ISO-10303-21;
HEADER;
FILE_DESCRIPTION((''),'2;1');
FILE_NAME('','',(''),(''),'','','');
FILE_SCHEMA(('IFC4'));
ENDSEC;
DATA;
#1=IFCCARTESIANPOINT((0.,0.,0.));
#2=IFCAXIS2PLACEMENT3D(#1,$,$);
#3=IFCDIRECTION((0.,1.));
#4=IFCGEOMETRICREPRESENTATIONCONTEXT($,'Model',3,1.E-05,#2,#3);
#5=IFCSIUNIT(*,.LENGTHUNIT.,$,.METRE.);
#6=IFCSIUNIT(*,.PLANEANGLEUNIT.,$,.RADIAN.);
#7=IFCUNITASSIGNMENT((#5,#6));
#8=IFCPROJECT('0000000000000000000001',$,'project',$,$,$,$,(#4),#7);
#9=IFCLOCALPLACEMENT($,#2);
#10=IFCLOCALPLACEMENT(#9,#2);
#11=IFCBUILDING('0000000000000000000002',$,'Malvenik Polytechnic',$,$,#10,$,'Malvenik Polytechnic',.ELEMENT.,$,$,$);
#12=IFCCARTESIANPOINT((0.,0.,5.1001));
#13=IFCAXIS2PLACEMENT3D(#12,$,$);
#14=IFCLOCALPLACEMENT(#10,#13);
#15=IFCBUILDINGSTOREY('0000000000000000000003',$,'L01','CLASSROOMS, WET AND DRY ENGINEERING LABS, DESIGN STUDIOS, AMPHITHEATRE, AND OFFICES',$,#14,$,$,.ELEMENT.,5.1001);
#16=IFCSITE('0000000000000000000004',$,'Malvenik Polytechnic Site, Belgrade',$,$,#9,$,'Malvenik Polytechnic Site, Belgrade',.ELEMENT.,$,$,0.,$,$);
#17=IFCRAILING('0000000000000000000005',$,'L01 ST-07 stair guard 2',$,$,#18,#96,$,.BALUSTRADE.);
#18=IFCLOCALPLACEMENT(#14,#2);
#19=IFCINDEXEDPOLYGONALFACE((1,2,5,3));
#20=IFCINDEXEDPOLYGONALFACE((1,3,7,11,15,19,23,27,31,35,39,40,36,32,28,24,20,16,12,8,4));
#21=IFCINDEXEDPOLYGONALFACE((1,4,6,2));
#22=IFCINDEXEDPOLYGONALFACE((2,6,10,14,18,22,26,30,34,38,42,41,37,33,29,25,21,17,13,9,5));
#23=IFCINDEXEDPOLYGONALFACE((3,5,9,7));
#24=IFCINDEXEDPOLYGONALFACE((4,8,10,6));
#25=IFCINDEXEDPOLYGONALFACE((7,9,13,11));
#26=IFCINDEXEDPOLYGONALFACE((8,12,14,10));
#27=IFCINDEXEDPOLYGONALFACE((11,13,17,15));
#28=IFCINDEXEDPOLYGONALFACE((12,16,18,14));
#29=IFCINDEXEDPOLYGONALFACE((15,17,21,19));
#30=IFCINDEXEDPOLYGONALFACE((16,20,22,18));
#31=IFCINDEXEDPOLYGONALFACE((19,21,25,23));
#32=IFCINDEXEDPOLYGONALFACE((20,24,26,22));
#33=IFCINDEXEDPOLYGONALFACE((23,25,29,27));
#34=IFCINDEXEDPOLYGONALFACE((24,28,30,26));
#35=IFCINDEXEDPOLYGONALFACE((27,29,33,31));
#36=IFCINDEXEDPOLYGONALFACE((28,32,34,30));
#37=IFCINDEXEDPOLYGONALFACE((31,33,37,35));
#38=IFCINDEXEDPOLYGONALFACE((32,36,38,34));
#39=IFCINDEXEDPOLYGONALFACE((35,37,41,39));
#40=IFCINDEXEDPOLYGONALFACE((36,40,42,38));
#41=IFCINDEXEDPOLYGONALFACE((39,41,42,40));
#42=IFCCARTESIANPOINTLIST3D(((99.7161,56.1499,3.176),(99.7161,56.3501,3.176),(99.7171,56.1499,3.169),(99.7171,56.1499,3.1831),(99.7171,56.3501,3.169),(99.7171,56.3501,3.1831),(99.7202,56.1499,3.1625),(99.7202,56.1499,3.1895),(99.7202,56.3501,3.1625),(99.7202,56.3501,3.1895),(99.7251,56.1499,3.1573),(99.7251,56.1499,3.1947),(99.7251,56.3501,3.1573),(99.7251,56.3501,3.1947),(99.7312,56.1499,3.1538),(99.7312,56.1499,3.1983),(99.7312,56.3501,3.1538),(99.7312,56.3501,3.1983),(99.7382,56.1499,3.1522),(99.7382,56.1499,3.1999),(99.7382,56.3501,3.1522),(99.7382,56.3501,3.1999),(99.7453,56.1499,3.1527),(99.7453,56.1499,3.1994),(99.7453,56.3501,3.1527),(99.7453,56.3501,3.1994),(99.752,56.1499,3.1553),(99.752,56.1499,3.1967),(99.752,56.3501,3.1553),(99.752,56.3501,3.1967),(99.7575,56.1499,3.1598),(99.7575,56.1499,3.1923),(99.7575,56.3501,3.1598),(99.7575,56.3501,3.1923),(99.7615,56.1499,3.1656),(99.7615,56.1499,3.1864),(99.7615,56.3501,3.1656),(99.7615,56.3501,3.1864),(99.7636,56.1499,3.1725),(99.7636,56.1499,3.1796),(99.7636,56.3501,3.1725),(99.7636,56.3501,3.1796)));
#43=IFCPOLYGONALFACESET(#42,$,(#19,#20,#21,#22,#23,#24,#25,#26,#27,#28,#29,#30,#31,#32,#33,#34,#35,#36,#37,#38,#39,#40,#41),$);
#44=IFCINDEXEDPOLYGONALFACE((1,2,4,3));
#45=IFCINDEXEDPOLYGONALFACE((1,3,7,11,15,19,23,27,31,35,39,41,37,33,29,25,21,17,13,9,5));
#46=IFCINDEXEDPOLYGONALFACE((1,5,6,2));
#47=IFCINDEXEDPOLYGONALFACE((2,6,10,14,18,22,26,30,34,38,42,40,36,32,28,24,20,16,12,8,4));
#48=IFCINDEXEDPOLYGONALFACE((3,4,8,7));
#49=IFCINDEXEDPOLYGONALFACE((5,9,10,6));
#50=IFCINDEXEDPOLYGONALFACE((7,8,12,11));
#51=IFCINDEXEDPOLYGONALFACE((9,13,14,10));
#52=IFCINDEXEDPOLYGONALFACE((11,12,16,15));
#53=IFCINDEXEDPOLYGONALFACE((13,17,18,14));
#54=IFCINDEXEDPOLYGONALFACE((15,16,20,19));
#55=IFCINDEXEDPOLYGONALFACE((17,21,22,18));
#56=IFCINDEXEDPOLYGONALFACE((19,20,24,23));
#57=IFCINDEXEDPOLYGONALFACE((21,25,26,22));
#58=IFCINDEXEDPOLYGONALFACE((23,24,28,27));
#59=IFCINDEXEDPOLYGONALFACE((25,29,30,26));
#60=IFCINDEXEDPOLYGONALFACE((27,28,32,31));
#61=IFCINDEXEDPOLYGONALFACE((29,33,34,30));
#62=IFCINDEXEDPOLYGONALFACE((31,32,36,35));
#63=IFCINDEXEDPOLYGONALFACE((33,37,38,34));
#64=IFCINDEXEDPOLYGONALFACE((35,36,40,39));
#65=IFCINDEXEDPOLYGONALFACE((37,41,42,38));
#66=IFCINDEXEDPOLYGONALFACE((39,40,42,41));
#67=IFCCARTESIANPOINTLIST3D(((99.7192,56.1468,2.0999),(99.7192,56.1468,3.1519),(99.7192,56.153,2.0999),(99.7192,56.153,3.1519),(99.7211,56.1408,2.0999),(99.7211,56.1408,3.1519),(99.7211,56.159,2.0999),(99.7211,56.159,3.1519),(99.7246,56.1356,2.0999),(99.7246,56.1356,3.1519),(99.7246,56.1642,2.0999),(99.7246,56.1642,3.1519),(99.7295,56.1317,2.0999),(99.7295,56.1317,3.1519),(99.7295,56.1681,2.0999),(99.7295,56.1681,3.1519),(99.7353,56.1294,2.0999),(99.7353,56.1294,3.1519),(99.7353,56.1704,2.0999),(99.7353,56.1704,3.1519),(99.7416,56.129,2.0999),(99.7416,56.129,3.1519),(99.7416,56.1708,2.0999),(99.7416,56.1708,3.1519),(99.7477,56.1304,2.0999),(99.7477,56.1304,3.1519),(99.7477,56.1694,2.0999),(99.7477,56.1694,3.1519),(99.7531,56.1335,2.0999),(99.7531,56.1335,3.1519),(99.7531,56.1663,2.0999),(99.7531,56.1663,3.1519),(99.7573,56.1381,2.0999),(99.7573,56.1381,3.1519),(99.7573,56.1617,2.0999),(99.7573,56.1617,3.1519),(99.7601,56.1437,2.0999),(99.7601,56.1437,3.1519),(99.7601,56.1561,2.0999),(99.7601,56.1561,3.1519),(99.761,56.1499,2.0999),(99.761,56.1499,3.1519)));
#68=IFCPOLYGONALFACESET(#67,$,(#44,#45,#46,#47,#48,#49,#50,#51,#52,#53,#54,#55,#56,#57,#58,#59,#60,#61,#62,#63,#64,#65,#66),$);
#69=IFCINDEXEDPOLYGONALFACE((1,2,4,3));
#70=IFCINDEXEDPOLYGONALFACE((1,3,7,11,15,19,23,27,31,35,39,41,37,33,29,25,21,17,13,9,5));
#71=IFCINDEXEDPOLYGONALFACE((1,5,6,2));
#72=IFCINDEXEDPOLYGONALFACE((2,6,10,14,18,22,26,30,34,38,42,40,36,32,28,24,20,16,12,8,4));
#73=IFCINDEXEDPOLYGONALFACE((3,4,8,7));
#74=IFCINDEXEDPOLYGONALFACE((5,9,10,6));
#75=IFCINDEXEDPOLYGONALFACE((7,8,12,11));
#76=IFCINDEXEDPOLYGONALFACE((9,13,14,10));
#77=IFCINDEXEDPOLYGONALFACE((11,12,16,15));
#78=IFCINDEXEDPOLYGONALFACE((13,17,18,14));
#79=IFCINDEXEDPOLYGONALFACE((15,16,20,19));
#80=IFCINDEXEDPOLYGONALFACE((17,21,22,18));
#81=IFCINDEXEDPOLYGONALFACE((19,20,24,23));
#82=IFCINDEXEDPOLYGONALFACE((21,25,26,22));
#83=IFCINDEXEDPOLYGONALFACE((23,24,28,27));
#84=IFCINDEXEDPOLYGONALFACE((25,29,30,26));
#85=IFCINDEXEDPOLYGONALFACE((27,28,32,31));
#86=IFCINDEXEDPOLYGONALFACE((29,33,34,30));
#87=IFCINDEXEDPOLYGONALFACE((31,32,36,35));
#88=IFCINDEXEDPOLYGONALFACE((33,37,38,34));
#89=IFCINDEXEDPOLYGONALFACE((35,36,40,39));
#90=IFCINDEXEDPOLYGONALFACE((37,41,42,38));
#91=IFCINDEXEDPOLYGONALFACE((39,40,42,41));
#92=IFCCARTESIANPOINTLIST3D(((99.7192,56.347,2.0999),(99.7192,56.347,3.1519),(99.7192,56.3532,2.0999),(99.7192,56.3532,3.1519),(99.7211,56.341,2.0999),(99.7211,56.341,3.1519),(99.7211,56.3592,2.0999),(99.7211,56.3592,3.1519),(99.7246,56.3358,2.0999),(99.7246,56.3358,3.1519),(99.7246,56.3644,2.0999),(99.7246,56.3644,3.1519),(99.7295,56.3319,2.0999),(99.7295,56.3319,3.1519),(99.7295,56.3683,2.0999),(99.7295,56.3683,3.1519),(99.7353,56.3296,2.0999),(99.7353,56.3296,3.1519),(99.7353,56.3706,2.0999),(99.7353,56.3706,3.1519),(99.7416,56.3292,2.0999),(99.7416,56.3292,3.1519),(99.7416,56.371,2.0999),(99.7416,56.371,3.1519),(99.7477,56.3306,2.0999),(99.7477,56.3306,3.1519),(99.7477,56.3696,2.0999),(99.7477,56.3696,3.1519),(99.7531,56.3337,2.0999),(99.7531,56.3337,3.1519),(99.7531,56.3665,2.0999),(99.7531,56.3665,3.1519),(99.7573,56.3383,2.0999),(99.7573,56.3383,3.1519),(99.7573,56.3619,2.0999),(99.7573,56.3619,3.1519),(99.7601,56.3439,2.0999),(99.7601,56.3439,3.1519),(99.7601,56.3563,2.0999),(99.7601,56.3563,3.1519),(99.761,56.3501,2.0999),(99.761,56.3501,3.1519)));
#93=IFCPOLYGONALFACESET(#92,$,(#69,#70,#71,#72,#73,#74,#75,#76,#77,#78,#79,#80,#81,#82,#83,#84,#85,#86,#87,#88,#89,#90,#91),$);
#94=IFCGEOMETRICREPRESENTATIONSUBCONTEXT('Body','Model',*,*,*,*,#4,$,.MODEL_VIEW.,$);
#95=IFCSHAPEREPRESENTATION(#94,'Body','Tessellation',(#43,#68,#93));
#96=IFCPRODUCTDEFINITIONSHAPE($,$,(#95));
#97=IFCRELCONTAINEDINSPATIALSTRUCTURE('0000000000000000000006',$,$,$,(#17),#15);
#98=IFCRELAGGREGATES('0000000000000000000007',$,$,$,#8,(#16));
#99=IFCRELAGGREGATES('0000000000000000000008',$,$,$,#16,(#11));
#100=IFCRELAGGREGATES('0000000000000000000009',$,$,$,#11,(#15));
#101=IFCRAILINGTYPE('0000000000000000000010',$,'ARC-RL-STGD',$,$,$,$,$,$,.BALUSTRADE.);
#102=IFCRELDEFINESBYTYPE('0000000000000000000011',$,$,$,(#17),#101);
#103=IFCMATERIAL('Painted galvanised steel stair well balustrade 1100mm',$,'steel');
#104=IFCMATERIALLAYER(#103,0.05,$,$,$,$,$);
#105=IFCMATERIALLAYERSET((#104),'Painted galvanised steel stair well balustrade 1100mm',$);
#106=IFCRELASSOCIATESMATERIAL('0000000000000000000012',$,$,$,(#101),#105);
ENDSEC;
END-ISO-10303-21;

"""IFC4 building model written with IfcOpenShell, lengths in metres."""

from ifc_helpers import new_model, si_unit, direction, frame, origin, origin_2d, place, context, subcontext, project, spatial, circle, extrude, material, layer, layer_set, type_object, element, save


model = new_model("IFC4")

# Units and contexts
model_context = context("Model", 3, precision=1e-05, world=origin(), true_north=direction((0.0, 1.0)))
body_context = subcontext(model_context, "Body", "Model", "MODEL_VIEW")
ifc_project = project(units=[si_unit("LENGTHUNIT", "METRE"), si_unit("PLANEANGLEUNIT", "RADIAN")], contexts=[model_context])

# Site, building, storey
site_placement = place(None, origin())
site = spatial("IfcSite", under=ifc_project, at=site_placement, Name="Malvenik Polytechnic Site, Belgrade", LongName="Malvenik Polytechnic Site, Belgrade", CompositionType="ELEMENT", RefElevation=0.0)
building_placement = place(site_placement, origin())
building = spatial("IfcBuilding", under=site, at=building_placement, Name="Malvenik Polytechnic", LongName="Malvenik Polytechnic", CompositionType="ELEMENT")
storey_placement = place(building_placement, frame((0.0, 0.0, 5.1001)))
storey = spatial("IfcBuildingStorey", under=building, at=storey_placement, Name="L01", Description="CLASSROOMS, WET AND DRY ENGINEERING LABS, DESIGN STUDIOS, AMPHITHEATRE, AND OFFICES", CompositionType="ELEMENT", Elevation=5.1001)

# Railing
ifc_material_1 = material(Name="Painted galvanised steel stair well balustrade 1100mm", Category="steel")
ifc_layer_1 = layer(ifc_material_1, 0.05)
ifc_layer_set_1 = layer_set([ifc_layer_1], Name="Painted galvanised steel stair well balustrade 1100mm")
railing_type_1 = type_object("IfcRailingType", Name="ARC-RL-STGD", PredefinedType="BALUSTRADE", material=ifc_layer_set_1)
railing_1_placement = place(storey_placement, frame((99.74, 56.1499, 2.0999)))
element("IfcRailing", 1, at=railing_1_placement, inside=storey, type_object=railing_type_1, Name="L01 ST-07 stair guard 2", PredefinedType="BALUSTRADE", context=body_context, shape_type="SweptSolid", body=[
    extrude(circle(Radius=0.0239, at=origin_2d()), frame((0.0, 0.0, 1.0762), z_axis=(0.0, 1.0, 0.0), x_axis=(-1.0, 0.0, 0.0)), (0.0, 0.0, 1.0), 0.2002),
    extrude(circle(Radius=0.021, at=origin_2d()), origin(), (0.0, 0.0, 1.0), 1.052),
    extrude(circle(Radius=0.021, at=origin_2d()), frame((0.0, 0.2002, 0.0)), (0.0, 0.0, 1.0), 1.052),
])

save(model, "model.ifc")
